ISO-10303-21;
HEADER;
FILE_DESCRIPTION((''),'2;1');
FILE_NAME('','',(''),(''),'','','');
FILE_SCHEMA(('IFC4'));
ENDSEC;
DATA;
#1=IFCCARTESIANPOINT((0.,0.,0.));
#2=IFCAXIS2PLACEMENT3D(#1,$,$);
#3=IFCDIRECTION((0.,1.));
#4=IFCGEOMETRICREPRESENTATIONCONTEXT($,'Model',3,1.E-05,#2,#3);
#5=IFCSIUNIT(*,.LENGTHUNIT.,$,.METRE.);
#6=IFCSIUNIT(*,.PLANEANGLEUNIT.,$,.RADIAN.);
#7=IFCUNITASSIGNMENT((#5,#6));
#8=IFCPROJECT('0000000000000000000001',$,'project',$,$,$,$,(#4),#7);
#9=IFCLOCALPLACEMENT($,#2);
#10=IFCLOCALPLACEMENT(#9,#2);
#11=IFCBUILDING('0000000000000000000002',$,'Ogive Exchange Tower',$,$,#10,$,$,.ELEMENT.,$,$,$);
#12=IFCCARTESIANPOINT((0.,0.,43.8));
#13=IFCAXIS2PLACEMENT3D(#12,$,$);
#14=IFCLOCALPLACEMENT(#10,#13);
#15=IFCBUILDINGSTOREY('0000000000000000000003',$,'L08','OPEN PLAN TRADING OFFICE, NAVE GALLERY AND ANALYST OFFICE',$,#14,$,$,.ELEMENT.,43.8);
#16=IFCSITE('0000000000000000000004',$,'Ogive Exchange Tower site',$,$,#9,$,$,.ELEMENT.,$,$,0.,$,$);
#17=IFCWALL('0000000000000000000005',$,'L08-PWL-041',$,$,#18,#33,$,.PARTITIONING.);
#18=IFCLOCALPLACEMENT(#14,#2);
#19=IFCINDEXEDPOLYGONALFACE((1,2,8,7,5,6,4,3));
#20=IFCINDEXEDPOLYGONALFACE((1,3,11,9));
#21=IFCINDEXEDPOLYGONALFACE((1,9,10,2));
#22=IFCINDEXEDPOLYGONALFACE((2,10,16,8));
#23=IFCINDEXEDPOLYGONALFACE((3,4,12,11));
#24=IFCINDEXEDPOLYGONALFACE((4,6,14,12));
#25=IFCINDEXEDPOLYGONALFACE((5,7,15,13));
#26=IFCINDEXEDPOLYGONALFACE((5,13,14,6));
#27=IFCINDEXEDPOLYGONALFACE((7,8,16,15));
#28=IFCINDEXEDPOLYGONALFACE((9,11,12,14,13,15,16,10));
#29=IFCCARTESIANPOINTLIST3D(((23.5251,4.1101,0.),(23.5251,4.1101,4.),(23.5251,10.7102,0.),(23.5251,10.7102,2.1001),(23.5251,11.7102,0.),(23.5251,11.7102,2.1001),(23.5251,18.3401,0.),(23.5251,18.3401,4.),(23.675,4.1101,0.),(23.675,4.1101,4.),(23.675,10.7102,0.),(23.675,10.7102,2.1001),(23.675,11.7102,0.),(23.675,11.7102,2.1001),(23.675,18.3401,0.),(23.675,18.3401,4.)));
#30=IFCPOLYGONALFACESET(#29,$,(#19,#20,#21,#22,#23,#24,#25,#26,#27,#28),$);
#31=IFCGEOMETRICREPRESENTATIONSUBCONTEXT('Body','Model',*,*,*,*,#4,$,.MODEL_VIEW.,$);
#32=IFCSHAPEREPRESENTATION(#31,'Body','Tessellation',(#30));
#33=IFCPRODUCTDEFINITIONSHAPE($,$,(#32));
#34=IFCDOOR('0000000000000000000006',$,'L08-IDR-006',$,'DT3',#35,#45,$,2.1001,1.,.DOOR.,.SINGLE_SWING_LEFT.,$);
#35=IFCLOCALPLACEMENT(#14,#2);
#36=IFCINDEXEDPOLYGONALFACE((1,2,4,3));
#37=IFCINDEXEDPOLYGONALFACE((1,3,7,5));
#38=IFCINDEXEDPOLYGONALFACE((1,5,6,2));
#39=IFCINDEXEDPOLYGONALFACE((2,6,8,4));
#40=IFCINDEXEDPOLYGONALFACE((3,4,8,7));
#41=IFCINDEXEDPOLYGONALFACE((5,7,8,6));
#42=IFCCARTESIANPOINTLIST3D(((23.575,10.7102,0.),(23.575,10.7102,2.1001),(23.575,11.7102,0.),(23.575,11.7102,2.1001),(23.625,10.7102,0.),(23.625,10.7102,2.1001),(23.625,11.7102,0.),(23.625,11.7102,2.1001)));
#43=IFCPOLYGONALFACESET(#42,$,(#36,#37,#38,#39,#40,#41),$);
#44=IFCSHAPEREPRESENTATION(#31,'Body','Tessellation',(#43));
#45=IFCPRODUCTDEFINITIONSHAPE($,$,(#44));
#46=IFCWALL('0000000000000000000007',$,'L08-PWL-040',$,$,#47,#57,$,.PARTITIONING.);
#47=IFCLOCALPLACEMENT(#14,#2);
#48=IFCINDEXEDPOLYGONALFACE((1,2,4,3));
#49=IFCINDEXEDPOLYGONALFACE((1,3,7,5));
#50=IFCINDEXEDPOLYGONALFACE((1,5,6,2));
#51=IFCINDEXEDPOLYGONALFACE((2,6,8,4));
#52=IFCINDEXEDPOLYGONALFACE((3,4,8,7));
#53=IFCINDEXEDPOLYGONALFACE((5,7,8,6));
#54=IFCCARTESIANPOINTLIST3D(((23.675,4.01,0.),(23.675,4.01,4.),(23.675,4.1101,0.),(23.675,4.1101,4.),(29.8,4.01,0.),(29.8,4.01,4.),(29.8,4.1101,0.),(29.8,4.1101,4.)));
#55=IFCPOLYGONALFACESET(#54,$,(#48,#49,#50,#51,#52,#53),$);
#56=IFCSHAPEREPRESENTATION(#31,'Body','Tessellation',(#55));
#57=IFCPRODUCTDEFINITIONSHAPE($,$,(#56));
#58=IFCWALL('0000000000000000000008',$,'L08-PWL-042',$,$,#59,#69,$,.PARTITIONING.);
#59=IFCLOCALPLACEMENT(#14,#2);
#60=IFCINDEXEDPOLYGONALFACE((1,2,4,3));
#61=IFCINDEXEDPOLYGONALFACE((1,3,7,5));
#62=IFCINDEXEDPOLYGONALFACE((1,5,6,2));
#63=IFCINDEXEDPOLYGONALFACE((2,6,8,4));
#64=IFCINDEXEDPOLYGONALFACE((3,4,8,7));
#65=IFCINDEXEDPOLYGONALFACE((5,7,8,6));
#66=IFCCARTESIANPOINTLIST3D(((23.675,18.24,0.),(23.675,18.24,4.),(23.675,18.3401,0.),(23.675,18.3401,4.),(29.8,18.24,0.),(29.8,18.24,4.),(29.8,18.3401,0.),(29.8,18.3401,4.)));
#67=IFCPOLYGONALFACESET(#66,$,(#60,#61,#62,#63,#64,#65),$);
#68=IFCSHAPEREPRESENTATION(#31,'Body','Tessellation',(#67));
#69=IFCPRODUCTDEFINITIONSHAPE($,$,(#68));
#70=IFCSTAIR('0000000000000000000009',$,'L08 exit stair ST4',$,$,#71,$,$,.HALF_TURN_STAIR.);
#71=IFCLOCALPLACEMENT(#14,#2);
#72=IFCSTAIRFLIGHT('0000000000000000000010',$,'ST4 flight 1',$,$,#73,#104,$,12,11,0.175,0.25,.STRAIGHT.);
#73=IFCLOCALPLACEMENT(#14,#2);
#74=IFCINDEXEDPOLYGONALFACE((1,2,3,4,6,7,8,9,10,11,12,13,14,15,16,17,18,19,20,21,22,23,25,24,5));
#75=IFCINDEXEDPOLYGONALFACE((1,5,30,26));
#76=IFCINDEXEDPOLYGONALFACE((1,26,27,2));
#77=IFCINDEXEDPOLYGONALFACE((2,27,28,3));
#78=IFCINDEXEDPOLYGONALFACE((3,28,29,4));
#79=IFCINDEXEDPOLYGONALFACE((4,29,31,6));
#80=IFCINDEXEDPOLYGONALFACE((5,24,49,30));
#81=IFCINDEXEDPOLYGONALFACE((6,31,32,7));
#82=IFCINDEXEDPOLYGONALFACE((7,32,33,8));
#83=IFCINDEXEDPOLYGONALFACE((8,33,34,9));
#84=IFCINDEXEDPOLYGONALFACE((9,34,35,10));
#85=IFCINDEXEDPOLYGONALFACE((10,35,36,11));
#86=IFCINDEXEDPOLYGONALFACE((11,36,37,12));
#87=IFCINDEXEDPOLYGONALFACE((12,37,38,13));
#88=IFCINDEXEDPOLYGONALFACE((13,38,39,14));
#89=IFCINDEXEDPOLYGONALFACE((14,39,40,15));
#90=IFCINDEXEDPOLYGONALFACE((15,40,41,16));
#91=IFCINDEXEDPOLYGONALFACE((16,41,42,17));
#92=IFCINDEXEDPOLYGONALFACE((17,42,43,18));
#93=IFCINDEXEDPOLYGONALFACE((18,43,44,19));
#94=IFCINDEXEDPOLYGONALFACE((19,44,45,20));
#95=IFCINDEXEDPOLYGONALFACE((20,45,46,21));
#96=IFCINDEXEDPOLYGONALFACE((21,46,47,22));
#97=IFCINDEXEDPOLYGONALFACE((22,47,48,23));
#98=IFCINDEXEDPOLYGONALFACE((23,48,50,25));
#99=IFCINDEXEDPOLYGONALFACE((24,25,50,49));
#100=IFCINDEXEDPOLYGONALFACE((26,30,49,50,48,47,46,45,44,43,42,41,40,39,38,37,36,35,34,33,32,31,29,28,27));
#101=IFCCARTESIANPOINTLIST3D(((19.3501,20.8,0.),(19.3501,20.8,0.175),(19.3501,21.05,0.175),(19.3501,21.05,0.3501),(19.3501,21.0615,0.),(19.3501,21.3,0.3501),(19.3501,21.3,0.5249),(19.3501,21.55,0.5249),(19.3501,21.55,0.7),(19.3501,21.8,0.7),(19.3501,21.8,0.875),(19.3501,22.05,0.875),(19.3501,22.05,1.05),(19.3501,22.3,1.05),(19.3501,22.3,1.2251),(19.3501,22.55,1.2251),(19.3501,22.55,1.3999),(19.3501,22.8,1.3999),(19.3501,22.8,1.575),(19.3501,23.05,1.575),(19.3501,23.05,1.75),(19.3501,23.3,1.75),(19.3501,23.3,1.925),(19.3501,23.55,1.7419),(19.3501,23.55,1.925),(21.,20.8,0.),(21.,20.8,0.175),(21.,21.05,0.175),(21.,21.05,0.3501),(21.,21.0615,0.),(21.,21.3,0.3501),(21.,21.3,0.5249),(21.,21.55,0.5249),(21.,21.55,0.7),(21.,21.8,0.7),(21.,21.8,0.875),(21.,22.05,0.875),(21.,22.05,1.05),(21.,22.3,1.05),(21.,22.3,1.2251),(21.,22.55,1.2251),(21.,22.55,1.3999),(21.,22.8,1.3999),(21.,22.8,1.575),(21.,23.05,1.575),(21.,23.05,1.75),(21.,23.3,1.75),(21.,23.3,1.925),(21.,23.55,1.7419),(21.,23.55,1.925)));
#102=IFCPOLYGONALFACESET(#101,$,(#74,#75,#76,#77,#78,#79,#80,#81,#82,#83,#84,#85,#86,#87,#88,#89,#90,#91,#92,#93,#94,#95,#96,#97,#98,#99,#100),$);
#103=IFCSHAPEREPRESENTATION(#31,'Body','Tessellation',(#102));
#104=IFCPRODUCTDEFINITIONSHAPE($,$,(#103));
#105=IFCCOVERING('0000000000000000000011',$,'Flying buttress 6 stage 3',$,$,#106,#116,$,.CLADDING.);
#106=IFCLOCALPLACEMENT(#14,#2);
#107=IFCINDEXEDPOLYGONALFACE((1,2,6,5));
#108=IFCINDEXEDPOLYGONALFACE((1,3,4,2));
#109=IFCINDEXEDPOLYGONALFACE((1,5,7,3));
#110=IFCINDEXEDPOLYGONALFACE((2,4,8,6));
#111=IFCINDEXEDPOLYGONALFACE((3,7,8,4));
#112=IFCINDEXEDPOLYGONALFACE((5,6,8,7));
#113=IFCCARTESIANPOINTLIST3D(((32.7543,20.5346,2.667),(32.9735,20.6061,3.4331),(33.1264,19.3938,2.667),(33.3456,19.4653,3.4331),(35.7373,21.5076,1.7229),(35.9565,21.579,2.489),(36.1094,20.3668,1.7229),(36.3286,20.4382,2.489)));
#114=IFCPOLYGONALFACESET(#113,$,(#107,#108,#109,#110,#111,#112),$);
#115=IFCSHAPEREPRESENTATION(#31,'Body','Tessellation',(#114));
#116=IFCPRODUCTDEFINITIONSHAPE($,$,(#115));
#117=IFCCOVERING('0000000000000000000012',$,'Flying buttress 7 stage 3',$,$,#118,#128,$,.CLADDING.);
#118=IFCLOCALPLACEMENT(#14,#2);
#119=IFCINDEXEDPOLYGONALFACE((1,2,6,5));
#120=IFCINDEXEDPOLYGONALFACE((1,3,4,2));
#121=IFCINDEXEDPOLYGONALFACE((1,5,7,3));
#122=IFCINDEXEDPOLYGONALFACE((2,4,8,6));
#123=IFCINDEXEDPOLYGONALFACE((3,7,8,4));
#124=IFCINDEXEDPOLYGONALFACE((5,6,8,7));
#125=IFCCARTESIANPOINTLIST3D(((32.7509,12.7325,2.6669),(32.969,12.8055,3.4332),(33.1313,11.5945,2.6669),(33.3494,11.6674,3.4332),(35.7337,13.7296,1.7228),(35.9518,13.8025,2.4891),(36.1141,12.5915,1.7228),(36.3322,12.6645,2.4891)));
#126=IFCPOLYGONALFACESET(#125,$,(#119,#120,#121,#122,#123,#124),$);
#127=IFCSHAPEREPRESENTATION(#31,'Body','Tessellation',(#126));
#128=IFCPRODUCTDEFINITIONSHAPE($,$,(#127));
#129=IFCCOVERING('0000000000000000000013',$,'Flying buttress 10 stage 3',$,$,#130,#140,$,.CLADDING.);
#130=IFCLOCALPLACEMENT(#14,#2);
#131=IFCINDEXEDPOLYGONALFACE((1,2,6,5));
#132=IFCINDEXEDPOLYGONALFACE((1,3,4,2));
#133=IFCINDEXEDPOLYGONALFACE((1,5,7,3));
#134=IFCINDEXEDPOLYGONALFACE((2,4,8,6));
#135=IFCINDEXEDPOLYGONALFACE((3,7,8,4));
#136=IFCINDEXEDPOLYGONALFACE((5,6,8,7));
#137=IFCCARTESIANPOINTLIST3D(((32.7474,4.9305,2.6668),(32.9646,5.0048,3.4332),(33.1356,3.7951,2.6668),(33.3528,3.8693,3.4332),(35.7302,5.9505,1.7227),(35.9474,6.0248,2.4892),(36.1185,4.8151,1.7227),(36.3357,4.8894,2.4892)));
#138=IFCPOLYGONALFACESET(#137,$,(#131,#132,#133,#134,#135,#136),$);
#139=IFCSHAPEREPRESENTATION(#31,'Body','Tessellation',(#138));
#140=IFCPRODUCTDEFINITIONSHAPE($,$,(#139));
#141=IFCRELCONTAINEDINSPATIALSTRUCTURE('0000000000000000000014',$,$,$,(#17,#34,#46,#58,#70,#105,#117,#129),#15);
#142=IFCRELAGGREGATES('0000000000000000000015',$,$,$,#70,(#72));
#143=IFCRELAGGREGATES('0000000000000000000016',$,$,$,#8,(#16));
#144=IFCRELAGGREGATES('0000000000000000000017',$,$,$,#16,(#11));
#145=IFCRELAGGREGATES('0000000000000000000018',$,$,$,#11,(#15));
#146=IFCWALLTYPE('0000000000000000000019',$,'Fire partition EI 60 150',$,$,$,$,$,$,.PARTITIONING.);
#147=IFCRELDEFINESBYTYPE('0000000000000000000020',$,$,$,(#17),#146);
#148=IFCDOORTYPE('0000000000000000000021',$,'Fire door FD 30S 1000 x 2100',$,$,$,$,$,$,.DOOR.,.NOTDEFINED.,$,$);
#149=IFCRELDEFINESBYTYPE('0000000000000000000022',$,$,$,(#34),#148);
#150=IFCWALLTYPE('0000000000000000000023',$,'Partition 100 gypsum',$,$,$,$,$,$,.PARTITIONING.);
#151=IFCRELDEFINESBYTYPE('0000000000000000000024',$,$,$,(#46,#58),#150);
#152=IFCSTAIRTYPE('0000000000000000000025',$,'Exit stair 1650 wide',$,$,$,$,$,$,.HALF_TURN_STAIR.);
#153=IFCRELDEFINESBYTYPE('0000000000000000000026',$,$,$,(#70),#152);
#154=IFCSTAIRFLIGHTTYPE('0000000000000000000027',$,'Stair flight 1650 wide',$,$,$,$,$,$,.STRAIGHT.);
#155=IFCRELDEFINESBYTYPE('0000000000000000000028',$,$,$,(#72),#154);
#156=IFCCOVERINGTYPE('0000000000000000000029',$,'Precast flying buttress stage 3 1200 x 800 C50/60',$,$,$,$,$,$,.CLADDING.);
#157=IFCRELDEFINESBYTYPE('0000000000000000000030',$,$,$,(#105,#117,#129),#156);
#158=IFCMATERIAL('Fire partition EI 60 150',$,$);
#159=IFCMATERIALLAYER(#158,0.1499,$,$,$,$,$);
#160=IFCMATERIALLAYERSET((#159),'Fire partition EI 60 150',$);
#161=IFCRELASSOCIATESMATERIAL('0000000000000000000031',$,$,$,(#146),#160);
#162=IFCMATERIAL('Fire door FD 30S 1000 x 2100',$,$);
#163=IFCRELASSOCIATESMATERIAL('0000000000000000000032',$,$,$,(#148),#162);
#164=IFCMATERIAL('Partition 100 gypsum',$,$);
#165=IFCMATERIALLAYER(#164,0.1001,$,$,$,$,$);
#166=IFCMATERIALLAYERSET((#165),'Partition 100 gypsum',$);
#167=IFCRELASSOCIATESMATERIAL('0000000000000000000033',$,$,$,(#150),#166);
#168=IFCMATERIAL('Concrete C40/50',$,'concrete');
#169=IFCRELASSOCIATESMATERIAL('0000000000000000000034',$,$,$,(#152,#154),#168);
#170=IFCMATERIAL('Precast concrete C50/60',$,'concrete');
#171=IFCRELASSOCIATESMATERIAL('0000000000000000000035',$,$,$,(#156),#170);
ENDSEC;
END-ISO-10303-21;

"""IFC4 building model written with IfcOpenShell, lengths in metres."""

from ifc_helpers import new_model, si_unit, direction, frame, frame_2d, origin, origin_2d, place, context, subcontext, project, spatial, polyline, rectangle, outline, extrude, material, layer, layer_set, material_profile, profile_set, type_object, element, fill, aggregate, save


model = new_model("IFC4")

# Units and contexts
model_context = context("Model", 3, precision=1e-05, world=origin(), true_north=direction((0.0, 1.0)))
body_context = subcontext(model_context, "Body", "Model", "MODEL_VIEW")
ifc_project = project(units=[si_unit("LENGTHUNIT", "METRE"), si_unit("PLANEANGLEUNIT", "RADIAN")], contexts=[model_context])

# Site, building, storey
site_placement = place(None, origin())
site = spatial("IfcSite", under=ifc_project, at=site_placement, Name="Ogive Exchange Tower site", CompositionType="ELEMENT", RefElevation=0.0)
building_placement = place(site_placement, origin())
building = spatial("IfcBuilding", under=site, at=building_placement, Name="Ogive Exchange Tower", CompositionType="ELEMENT")
storey_placement = place(building_placement, frame((0.0, 0.0, 43.8)))
storey = spatial("IfcBuildingStorey", under=building, at=storey_placement, Name="L08", Description="OPEN PLAN TRADING OFFICE, NAVE GALLERY AND ANALYST OFFICE", CompositionType="ELEMENT", Elevation=43.8)

# Wall, opening, door
ifc_material_1 = material(Name="Fire partition EI 60 150")
ifc_layer_1 = layer(ifc_material_1, 0.1499)
ifc_layer_set_1 = layer_set([ifc_layer_1], Name="Fire partition EI 60 150")
wall_type_1 = type_object("IfcWallType", Name="Fire partition EI 60 150", PredefinedType="PARTITIONING", material=ifc_layer_set_1)
ifc_material_2 = material(Name="Fire door FD 30S 1000 x 2100")
door_type = type_object("IfcDoorType", Name="Fire door FD 30S 1000 x 2100", OperationType="NOTDEFINED", PredefinedType="DOOR", material=ifc_material_2)
wall_1_placement = place(storey_placement, frame((23.6001, 18.3401, 0.0), z_axis=(0.0, 0.0, 1.0), x_axis=(0.0, -1.0, 0.0)))
wall_1 = element("IfcWall", 1, at=wall_1_placement, inside=storey, type_object=wall_type_1, Name="L08-PWL-041", PredefinedType="PARTITIONING", context=body_context, shape_type="SweptSolid", body=[
    extrude(rectangle(XDim=14.23, YDim=0.1499, at=frame_2d((7.115, 0.0))), origin(), (0.0, 0.0, 1.0), 4.0),
])
opening_1_placement = place(wall_1_placement, frame((6.6299, 0.0, 0.0)))
opening_1 = element("IfcOpeningElement", 2, at=opening_1_placement, cuts=wall_1, PredefinedType="OPENING", context=body_context, shape_type="SweptSolid", body=[
    extrude(rectangle(XDim=1.0, YDim=2.1001, at=frame_2d((0.5, 1.05))), frame((0.0, 0.085, 0.0), z_axis=(0.0, -1.0, 0.0), x_axis=(1.0, 0.0, 0.0)), (0.0, 0.0, 1.0), 0.1699),
])
door_1_placement = place(opening_1_placement, origin())
door_1 = element("IfcDoor", 3, at=door_1_placement, inside=storey, type_object=door_type, Name="L08-IDR-006", ObjectType="DT3", OperationType="SINGLE_SWING_LEFT", OverallHeight=2.1001, OverallWidth=1.0, PredefinedType="DOOR", context=body_context, shape_type="SweptSolid", body=[
    extrude(rectangle(XDim=1.0, YDim=2.1001, at=frame_2d((0.5, 1.05))), frame((0.0, 0.0249, 0.0), z_axis=(0.0, -1.0, 0.0), x_axis=(1.0, 0.0, 0.0)), (0.0, 0.0, 1.0), 0.05),
])
fill(opening_1, door_1)

# Walls
ifc_material_3 = material(Name="Partition 100 gypsum")
ifc_layer_2 = layer(ifc_material_3, 0.1001)
ifc_layer_set_2 = layer_set([ifc_layer_2], Name="Partition 100 gypsum")
wall_type_2 = type_object("IfcWallType", Name="Partition 100 gypsum", PredefinedType="PARTITIONING", material=ifc_layer_set_2)
for number, where, z_axis, x_axis, name in (
    (4, (23.675, 4.0601, 0.0), (0.0, 0.0, 1.0), (1.0, 0.0, 0.0), "L08-PWL-040"),
    (5, (23.675, 18.29, 0.0), (0.0, 0.0, 1.0), (1.0, 0.0, 0.0), "L08-PWL-042"),
):
    element("IfcWall", number, at=place(storey_placement, frame(where, z_axis=z_axis, x_axis=x_axis)), inside=storey, type_object=wall_type_2, Name=name, PredefinedType="PARTITIONING", context=body_context, shape_type="SweptSolid", body=[
        extrude(rectangle(XDim=6.125, YDim=0.1001, at=frame_2d((3.0625, 0.0))), origin(), (0.0, 0.0, 1.0), 4.0),
    ])

# Stair, stair flight
ifc_material_4 = material(Name="Concrete C40/50", Category="concrete")
stair_type = type_object("IfcStairType", Name="Exit stair 1650 wide", PredefinedType="HALF_TURN_STAIR", material=ifc_material_4)
stair_placement = place(storey_placement, origin())
stair = element("IfcStair", 6, at=stair_placement, inside=storey, type_object=stair_type, Name="L08 exit stair ST4", PredefinedType="HALF_TURN_STAIR")
stair_flight_type = type_object("IfcStairFlightType", Name="Stair flight 1650 wide", PredefinedType="STRAIGHT", material=ifc_material_4)
stair_flight_placement = place(storey_placement, frame((20.175, 20.8, 0.0), z_axis=(0.0, 0.0, 1.0), x_axis=(0.0, 1.0, 0.0)))
stair_flight = element("IfcStairFlight", 7, at=stair_flight_placement, type_object=stair_flight_type, Name="ST4 flight 1", NumberOfRisers=12, NumberOfTreads=11, PredefinedType="STRAIGHT", RiserHeight=0.175, TreadLength=0.25, context=body_context, shape_type="SweptSolid", body=[
    extrude(outline(polyline([(0.0, 0.0), (0.0, 0.175), (0.25, 0.175), (0.25, 0.3501), (0.5, 0.3501), (0.5, 0.5249), (0.75, 0.5249), (0.75, 0.7), (1.0, 0.7), (1.0, 0.875), (1.25, 0.875), (1.25, 1.05), (1.5, 1.05), (1.5, 1.2251), (1.75, 1.2251), (1.75, 1.3999), (2.0, 1.3999), (2.0, 1.575), (2.25, 1.575), (2.25, 1.75), (2.5, 1.75), (2.5, 1.925), (2.75, 1.925), (2.75, 2.1001), (2.75, 1.7419), (0.2615, 0.0), (0.0, 0.0)])), frame((0.0, 0.825, 0.0), z_axis=(0.0, -1.0, 0.0), x_axis=(1.0, 0.0, 0.0)), (0.0, 0.0, 1.0), 1.6499),
])
aggregate(stair, [stair_flight])

# Coverings
ifc_material_5 = material(Name="Precast concrete C50/60", Category="concrete")
ifc_material_profile_1 = material_profile(ifc_material_5, rectangle(XDim=1.2, YDim=0.8, at=origin_2d()), Name="FLYING BUTTRESS 3 1200 x 800")
ifc_profile_set_1 = profile_set([ifc_material_profile_1], Name="Precast concrete C50/60")
covering_type = type_object("IfcCoveringType", Name="Precast flying buttress stage 3 1200 x 800 C50/60", PredefinedType="CLADDING", material=ifc_profile_set_1)
covering_1_placement = place(storey_placement, frame((36.033, 20.9729, 2.106), z_axis=(-0.910389, -0.296931, 0.288138), x_axis=(0.310082, -0.95071, 0.0)))
element("IfcCovering", 8, at=covering_1_placement, inside=storey, type_object=covering_type, Name="Flying buttress 6 stage 3", PredefinedType="CLADDING", context=body_context, shape_type="SweptSolid", body=[
    extrude(rectangle(XDim=1.2, YDim=0.8, at=origin_2d()), origin(), (0.0, 0.0, 1.0), 3.2766),
])
covering_2_placement = place(storey_placement, frame((36.033, 13.197, 2.106), z_axis=(-0.908377, -0.303635, 0.287502), x_axis=(0.317019, -0.948419, 0.0)))
element("IfcCovering", 9, at=covering_2_placement, inside=storey, type_object=covering_type, Name="Flying buttress 7 stage 3", PredefinedType="CLADDING", context=body_context, shape_type="SweptSolid", body=[
    extrude(rectangle(XDim=1.2, YDim=0.8, at=origin_2d()), origin(), (0.0, 0.0, 1.0), 3.2837),
])
covering_3_placement = place(storey_placement, frame((36.033, 5.4199, 2.106), z_axis=(-0.906433, -0.309959, 0.286886), x_axis=(0.32356, -0.946208, 0.0)))
element("IfcCovering", 10, at=covering_3_placement, inside=storey, type_object=covering_type, Name="Flying buttress 10 stage 3", PredefinedType="CLADDING", context=body_context, shape_type="SweptSolid", body=[
    extrude(rectangle(XDim=1.2, YDim=0.8, at=origin_2d()), origin(), (0.0, 0.0, 1.0), 3.2908),
])

save(model, "model.ifc")
